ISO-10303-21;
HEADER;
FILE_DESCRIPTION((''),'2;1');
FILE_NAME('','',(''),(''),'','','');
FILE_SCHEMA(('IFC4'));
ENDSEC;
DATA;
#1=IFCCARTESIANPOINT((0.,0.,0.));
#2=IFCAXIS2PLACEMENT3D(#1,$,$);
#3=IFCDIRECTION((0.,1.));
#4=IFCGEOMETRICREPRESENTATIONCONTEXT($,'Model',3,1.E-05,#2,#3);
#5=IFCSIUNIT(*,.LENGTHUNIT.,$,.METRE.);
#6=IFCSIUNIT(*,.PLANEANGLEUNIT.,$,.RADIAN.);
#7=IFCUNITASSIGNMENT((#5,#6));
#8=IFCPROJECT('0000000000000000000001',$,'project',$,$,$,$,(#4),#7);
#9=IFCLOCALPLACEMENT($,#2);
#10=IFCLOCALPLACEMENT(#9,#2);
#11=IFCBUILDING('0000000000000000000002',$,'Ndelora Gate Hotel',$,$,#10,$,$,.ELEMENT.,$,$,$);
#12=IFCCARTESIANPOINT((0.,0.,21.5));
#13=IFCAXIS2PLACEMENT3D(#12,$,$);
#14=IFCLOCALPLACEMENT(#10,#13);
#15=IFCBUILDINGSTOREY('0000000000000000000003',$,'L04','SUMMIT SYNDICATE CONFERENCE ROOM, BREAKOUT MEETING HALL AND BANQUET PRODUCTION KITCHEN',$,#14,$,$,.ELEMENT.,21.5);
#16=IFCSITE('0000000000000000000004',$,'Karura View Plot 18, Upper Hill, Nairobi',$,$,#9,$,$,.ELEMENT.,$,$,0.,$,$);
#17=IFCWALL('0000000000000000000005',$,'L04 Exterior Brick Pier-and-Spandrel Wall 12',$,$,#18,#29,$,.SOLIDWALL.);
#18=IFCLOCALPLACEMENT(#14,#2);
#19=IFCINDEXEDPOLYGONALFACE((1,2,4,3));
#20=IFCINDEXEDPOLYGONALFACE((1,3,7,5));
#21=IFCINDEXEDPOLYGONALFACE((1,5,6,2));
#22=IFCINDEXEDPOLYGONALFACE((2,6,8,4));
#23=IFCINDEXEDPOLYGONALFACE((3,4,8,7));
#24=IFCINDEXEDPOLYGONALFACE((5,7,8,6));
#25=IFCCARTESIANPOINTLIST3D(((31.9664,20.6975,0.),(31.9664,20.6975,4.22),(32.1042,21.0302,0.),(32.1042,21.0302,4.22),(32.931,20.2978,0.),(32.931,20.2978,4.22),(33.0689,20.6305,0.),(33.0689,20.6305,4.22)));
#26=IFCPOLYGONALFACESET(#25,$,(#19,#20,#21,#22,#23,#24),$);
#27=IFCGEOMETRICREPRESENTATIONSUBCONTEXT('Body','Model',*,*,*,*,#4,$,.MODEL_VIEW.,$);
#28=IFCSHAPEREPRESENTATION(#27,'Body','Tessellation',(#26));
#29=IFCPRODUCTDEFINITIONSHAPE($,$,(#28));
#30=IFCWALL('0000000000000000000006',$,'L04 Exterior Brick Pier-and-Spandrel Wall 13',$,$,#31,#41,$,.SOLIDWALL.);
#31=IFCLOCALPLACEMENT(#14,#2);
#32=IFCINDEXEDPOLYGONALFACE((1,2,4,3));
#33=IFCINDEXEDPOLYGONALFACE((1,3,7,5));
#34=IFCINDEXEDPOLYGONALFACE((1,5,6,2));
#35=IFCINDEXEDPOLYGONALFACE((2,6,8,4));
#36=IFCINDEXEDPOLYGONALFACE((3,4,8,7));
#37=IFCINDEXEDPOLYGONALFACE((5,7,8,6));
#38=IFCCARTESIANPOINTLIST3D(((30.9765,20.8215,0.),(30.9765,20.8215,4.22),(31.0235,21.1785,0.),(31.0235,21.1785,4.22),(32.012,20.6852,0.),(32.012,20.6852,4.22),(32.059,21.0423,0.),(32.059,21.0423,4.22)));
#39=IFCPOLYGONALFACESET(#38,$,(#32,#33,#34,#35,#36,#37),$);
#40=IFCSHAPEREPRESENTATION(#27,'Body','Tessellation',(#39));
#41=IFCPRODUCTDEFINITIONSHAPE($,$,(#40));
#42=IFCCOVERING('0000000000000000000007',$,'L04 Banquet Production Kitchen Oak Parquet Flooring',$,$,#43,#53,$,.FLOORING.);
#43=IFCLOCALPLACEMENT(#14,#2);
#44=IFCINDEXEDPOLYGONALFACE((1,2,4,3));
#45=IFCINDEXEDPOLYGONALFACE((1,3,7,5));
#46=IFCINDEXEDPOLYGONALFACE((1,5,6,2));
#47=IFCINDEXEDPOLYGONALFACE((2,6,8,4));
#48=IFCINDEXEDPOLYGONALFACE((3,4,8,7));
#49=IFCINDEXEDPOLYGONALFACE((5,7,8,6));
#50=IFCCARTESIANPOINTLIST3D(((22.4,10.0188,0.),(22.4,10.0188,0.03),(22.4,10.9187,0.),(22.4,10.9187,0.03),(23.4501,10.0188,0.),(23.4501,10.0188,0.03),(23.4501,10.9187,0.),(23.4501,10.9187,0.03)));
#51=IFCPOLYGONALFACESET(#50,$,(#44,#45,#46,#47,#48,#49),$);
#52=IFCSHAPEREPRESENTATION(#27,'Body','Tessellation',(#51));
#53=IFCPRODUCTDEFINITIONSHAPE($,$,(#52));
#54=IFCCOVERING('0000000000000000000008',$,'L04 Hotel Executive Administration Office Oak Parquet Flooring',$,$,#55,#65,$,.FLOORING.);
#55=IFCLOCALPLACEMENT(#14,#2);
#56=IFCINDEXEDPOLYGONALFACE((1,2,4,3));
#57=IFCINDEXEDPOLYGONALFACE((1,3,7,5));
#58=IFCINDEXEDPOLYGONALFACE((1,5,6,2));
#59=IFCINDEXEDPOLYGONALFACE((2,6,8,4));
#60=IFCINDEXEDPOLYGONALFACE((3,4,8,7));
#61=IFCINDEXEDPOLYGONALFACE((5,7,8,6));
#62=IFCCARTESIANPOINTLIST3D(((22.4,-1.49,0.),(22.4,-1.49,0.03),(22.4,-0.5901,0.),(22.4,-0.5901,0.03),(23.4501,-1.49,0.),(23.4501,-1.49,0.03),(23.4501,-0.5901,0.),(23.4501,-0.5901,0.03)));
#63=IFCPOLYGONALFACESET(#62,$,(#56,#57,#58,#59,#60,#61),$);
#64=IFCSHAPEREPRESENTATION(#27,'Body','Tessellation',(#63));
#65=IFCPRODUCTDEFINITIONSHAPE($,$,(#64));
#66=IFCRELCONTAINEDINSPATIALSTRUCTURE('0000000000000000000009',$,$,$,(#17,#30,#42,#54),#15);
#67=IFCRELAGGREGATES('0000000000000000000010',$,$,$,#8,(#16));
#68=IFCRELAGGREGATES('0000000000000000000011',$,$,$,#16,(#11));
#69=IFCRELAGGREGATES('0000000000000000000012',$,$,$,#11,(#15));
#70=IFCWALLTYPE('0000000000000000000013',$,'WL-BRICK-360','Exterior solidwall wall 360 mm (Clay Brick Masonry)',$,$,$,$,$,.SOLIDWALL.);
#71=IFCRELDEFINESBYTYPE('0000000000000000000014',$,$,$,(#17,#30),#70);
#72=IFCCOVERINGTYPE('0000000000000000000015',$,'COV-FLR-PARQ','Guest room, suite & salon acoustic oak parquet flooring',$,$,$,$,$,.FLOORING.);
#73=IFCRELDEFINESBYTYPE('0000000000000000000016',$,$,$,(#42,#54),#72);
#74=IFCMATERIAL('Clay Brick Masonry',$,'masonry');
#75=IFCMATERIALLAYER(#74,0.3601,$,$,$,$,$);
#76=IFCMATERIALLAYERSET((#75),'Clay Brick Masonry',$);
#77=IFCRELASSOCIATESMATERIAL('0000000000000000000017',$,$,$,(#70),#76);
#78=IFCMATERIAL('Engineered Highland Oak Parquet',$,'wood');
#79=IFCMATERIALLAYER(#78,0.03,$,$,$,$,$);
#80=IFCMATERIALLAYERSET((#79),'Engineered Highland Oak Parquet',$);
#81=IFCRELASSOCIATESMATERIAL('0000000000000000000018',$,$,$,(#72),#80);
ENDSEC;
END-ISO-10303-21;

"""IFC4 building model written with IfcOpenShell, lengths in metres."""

from ifc_helpers import new_model, si_unit, direction, frame, frame_2d, origin, origin_2d, place, context, subcontext, project, spatial, rectangle, extrude, material, layer, layer_set, type_object, element, save


model = new_model("IFC4")

# Units and contexts
model_context = context("Model", 3, precision=1e-05, world=origin(), true_north=direction((0.0, 1.0)))
body_context = subcontext(model_context, "Body", "Model", "MODEL_VIEW")
ifc_project = project(units=[si_unit("LENGTHUNIT", "METRE"), si_unit("PLANEANGLEUNIT", "RADIAN")], contexts=[model_context])

# Site, building, storey
site_placement = place(None, origin())
site = spatial("IfcSite", under=ifc_project, at=site_placement, Name="Karura View Plot 18, Upper Hill, Nairobi", CompositionType="ELEMENT", RefElevation=0.0)
building_placement = place(site_placement, origin())
building = spatial("IfcBuilding", under=site, at=building_placement, Name="Ndelora Gate Hotel", CompositionType="ELEMENT")
storey_placement = place(building_placement, frame((0.0, 0.0, 21.5)))
storey = spatial("IfcBuildingStorey", under=building, at=storey_placement, Name="L04", Description="SUMMIT SYNDICATE CONFERENCE ROOM, BREAKOUT MEETING HALL AND BANQUET PRODUCTION KITCHEN", CompositionType="ELEMENT", Elevation=21.5)

# Shared definitions
ifc_material_1 = material(Name="Clay Brick Masonry", Category="masonry")
ifc_layer_1 = layer(ifc_material_1, 0.3601)
ifc_layer_set_1 = layer_set([ifc_layer_1], Name="Clay Brick Masonry")
wall_type = type_object("IfcWallType", Name="WL-BRICK-360", Description="Exterior solidwall wall 360 mm (Clay Brick Masonry)", PredefinedType="SOLIDWALL", material=ifc_layer_set_1)

# Walls
for number, where, z_axis, x_axis, name in (
    (1, (32.0354, 20.8638, 0.0), (0.0, 0.0, 1.0), (0.923843, -0.382772, 0.0), "L04 Exterior Brick Pier-and-Spandrel Wall 12"),
):
    element("IfcWall", number, at=place(storey_placement, frame(where, z_axis=z_axis, x_axis=x_axis)), inside=storey, type_object=wall_type, Name=name, PredefinedType="SOLIDWALL", context=body_context, shape_type="SweptSolid", body=[
        extrude(rectangle(XDim=1.0442, YDim=0.3601, at=frame_2d((0.522, 0.0))), origin(), (0.0, 0.0, 1.0), 4.22),
    ])
wall_1_placement = place(storey_placement, frame((31.0, 21.0, 0.0), z_axis=(0.0, 0.0, 1.0), x_axis=(0.991455, -0.130448, 0.0)))
element("IfcWall", 2, at=wall_1_placement, inside=storey, type_object=wall_type, Name="L04 Exterior Brick Pier-and-Spandrel Wall 13", PredefinedType="SOLIDWALL", context=body_context, shape_type="SweptSolid", body=[
    extrude(rectangle(XDim=1.0444, YDim=0.3601, at=frame_2d((0.5222, 0.0))), origin(), (0.0, 0.0, 1.0), 4.22),
])

# Coverings
ifc_material_2 = material(Name="Engineered Highland Oak Parquet", Category="wood")
ifc_layer_2 = layer(ifc_material_2, 0.03)
ifc_layer_set_2 = layer_set([ifc_layer_2], Name="Engineered Highland Oak Parquet")
covering_type = type_object("IfcCoveringType", Name="COV-FLR-PARQ", Description="Guest room, suite & salon acoustic oak parquet flooring", PredefinedType="FLOORING", material=ifc_layer_set_2)
for number, where, z_axis, x_axis, name in (
    (3, (22.925, 10.4688, 0.0), (0.0, 0.0, 1.0), (1.0, 0.0, 0.0), "L04 Banquet Production Kitchen Oak Parquet Flooring"),
    (4, (22.925, -1.04, 0.0), (0.0, 0.0, 1.0), (1.0, 0.0, 0.0), "L04 Hotel Executive Administration Office Oak Parquet Flooring"),
):
    element("IfcCovering", number, at=place(storey_placement, frame(where, z_axis=z_axis, x_axis=x_axis)), inside=storey, type_object=covering_type, Name=name, PredefinedType="FLOORING", context=body_context, shape_type="SweptSolid", body=[
        extrude(rectangle(XDim=1.05, YDim=0.8999, at=origin_2d()), origin(), (0.0, 0.0, 1.0), 0.03),
    ])

save(model, "model.ifc")
